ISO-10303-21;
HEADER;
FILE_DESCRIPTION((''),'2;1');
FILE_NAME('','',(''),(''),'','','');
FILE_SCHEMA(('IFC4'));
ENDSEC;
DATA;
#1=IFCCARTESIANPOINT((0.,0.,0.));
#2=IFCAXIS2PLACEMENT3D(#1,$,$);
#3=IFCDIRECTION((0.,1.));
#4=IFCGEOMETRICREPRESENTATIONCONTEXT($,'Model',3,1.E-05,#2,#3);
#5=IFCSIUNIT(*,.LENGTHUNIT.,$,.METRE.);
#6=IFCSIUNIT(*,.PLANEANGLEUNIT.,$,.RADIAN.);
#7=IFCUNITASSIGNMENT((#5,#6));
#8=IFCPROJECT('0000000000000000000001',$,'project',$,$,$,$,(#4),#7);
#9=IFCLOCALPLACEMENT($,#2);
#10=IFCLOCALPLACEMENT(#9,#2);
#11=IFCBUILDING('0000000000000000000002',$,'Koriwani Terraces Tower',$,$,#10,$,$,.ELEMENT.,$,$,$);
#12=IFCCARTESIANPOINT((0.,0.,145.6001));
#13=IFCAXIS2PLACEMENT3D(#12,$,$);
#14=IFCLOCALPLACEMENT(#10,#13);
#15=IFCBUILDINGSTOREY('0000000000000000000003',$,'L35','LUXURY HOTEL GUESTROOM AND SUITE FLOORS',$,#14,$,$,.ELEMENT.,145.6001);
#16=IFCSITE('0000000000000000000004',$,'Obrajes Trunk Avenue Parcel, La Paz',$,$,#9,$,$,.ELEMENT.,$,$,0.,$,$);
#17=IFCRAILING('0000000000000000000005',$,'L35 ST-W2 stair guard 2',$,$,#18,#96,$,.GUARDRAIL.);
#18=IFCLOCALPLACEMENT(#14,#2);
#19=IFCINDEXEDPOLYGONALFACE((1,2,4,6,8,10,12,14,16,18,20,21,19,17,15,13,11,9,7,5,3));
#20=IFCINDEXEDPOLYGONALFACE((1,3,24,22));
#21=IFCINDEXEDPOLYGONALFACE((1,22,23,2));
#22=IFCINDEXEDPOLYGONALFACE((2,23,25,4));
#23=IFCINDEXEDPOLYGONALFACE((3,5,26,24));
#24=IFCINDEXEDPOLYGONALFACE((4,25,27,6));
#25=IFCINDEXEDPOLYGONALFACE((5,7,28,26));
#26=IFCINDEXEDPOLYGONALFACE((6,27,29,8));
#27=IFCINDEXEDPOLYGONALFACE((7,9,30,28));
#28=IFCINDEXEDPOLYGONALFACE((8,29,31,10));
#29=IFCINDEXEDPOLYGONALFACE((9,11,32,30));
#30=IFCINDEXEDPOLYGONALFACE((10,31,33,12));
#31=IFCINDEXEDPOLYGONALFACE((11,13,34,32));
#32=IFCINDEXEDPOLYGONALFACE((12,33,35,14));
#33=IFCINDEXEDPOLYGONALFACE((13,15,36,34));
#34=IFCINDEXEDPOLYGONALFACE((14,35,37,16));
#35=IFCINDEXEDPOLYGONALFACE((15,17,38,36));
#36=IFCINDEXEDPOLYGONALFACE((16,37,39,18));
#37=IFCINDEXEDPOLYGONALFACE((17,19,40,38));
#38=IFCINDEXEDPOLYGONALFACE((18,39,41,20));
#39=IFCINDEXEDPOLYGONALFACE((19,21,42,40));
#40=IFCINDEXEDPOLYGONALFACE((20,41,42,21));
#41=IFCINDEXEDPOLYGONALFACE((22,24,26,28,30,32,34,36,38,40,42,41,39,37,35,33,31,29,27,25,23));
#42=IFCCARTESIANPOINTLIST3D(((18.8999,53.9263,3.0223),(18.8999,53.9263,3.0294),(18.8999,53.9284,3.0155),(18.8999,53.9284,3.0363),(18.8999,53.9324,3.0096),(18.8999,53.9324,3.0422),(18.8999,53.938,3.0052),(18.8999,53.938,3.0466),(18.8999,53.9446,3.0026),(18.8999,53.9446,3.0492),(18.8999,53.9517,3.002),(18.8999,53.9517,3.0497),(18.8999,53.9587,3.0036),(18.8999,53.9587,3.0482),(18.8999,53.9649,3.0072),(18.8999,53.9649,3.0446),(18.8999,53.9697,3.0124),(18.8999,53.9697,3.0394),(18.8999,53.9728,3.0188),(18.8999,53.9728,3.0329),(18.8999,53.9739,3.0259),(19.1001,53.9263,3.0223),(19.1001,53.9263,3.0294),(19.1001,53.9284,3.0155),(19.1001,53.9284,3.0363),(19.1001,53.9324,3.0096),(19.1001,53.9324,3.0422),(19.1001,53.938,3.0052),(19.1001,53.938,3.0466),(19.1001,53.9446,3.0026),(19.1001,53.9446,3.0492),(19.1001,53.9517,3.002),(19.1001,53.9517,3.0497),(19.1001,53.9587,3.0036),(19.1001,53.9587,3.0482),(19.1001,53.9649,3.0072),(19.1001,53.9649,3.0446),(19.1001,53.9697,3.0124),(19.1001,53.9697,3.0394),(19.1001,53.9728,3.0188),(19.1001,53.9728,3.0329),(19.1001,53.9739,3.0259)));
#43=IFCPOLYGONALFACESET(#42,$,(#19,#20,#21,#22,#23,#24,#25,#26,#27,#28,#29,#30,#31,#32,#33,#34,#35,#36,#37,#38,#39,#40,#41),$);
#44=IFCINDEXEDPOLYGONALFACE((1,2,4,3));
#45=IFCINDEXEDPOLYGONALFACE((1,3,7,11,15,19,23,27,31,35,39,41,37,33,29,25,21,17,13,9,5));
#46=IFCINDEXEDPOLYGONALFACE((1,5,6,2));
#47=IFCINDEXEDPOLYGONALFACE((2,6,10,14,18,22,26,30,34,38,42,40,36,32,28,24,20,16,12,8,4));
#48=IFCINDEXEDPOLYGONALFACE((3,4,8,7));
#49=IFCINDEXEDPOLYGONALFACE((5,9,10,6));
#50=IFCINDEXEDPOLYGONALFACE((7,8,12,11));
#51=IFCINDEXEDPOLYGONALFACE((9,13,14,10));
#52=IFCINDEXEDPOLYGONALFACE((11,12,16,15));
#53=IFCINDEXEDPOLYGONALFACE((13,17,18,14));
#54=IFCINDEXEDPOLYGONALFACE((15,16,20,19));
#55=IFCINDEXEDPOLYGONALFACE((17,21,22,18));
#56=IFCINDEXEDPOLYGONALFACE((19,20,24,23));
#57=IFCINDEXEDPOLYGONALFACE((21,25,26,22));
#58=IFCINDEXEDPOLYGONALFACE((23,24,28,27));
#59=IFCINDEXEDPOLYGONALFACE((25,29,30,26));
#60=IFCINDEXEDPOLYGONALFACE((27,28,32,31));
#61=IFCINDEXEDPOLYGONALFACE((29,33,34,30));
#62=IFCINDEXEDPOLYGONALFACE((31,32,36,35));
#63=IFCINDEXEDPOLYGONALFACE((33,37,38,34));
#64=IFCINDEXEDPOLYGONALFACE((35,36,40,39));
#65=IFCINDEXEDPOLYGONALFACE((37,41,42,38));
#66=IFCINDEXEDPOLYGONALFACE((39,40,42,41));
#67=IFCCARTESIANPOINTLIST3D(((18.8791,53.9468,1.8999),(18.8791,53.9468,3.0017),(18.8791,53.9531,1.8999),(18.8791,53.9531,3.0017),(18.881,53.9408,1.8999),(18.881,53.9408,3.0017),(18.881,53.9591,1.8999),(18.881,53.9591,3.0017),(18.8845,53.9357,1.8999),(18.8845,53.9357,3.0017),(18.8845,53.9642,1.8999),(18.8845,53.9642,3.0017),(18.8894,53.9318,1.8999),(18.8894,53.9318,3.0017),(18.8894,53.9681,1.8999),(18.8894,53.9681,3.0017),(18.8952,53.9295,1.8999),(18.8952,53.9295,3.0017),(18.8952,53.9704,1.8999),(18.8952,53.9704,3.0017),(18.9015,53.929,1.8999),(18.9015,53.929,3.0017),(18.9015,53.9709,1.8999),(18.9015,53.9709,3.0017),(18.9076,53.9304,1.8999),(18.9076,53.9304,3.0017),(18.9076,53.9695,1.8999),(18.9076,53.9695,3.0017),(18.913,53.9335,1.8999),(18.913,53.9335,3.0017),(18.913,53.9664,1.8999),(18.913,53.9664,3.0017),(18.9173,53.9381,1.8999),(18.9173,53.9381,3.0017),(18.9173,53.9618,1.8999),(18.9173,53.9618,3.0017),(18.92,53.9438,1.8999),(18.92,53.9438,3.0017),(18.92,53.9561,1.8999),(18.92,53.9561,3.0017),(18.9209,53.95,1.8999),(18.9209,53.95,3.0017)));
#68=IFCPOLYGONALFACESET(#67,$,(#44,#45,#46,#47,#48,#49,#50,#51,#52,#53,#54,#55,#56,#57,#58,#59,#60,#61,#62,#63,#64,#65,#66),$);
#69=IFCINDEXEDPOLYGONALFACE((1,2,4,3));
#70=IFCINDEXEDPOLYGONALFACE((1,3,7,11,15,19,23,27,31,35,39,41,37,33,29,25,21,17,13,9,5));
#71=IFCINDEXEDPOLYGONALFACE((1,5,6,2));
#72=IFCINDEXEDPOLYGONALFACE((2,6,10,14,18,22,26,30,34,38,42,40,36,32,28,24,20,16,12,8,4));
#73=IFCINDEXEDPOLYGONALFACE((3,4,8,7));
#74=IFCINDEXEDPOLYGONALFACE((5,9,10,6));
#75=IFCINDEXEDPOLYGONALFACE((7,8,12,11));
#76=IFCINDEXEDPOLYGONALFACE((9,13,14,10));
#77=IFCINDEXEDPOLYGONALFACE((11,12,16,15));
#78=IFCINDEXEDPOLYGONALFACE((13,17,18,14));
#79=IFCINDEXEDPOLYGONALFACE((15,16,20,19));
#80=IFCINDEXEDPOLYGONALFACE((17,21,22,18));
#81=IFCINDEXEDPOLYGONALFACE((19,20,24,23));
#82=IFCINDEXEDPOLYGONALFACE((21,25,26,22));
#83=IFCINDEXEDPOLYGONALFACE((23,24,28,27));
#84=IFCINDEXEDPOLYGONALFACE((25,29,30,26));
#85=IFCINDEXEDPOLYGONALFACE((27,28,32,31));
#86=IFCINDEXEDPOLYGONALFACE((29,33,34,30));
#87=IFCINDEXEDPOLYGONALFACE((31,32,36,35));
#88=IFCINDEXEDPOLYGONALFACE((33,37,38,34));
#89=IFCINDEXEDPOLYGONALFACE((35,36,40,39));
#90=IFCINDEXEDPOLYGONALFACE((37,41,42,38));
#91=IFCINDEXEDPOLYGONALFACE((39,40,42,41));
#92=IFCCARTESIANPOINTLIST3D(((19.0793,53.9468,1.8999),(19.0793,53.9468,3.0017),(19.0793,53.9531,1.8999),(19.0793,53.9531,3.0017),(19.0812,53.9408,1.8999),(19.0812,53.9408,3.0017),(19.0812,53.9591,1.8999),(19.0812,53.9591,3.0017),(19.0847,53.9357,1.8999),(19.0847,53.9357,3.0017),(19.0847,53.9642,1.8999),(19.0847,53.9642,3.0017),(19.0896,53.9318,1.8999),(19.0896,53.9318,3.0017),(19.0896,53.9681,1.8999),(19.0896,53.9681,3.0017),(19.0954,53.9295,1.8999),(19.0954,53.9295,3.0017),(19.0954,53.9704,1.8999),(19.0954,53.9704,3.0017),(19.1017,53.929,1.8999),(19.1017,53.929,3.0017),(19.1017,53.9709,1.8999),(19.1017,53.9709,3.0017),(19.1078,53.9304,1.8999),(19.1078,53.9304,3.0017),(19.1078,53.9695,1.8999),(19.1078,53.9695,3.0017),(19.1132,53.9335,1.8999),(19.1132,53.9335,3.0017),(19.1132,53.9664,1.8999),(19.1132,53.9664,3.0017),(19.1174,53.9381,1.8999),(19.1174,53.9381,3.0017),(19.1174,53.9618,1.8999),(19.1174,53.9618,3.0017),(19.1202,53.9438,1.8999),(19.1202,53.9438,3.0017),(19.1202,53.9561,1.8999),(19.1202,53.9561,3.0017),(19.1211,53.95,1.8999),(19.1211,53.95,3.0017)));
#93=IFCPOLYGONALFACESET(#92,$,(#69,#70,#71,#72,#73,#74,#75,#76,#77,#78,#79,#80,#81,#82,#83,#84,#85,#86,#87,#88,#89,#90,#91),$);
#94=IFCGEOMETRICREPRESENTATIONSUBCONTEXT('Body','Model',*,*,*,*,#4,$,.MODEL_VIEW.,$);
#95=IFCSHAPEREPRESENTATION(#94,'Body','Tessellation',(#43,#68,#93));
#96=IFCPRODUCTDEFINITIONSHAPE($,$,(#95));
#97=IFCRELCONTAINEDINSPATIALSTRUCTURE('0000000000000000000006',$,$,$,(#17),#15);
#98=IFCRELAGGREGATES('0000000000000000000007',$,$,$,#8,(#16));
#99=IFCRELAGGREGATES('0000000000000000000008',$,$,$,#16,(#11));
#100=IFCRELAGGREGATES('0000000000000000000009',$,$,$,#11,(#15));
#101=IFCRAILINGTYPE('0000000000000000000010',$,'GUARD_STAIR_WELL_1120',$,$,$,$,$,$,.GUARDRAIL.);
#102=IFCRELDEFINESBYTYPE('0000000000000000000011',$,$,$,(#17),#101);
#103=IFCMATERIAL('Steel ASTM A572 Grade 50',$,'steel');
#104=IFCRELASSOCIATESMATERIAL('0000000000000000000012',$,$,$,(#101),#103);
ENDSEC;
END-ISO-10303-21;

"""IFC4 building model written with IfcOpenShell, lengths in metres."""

from ifc_helpers import new_model, si_unit, direction, frame, origin, origin_2d, place, context, subcontext, project, spatial, circle, extrude, material, type_object, element, save


model = new_model("IFC4")

# Units and contexts
model_context = context("Model", 3, precision=1e-05, world=origin(), true_north=direction((0.0, 1.0)))
body_context = subcontext(model_context, "Body", "Model", "MODEL_VIEW")
ifc_project = project(units=[si_unit("LENGTHUNIT", "METRE"), si_unit("PLANEANGLEUNIT", "RADIAN")], contexts=[model_context])

# Site, building, storey
site_placement = place(None, origin())
site = spatial("IfcSite", under=ifc_project, at=site_placement, Name="Obrajes Trunk Avenue Parcel, La Paz", CompositionType="ELEMENT", RefElevation=0.0)
building_placement = place(site_placement, origin())
building = spatial("IfcBuilding", under=site, at=building_placement, Name="Koriwani Terraces Tower", CompositionType="ELEMENT")
storey_placement = place(building_placement, frame((0.0, 0.0, 145.6001)))
storey = spatial("IfcBuildingStorey", under=building, at=storey_placement, Name="L35", Description="LUXURY HOTEL GUESTROOM AND SUITE FLOORS", CompositionType="ELEMENT", Elevation=145.6001)

# Shared definitions
ifc_material_1 = material(Name="Steel ASTM A572 Grade 50", Category="steel")

# Railing
railing_type_1 = type_object("IfcRailingType", Name="GUARD_STAIR_WELL_1120", PredefinedType="GUARDRAIL", material=ifc_material_1)
railing_1_placement = place(storey_placement, frame((18.8999, 53.95, 1.8999)))
element("IfcRailing", 1, at=railing_1_placement, inside=storey, type_object=railing_type_1, Name="L35 ST-W2 stair guard 2", PredefinedType="GUARDRAIL", context=body_context, shape_type="SweptSolid", body=[
    extrude(circle(Radius=0.0239, at=origin_2d()), frame((0.0, 0.0, 1.126), z_axis=(1.0, 0.0, 0.0), x_axis=(0.0, 1.0, 0.0)), (0.0, 0.0, 1.0), 0.2002),
    extrude(circle(Radius=0.021, at=origin_2d()), origin(), (0.0, 0.0, 1.0), 1.1018),
    extrude(circle(Radius=0.021, at=origin_2d()), frame((0.2002, 0.0, 0.0)), (0.0, 0.0, 1.0), 1.1018),
])

save(model, "model.ifc")
